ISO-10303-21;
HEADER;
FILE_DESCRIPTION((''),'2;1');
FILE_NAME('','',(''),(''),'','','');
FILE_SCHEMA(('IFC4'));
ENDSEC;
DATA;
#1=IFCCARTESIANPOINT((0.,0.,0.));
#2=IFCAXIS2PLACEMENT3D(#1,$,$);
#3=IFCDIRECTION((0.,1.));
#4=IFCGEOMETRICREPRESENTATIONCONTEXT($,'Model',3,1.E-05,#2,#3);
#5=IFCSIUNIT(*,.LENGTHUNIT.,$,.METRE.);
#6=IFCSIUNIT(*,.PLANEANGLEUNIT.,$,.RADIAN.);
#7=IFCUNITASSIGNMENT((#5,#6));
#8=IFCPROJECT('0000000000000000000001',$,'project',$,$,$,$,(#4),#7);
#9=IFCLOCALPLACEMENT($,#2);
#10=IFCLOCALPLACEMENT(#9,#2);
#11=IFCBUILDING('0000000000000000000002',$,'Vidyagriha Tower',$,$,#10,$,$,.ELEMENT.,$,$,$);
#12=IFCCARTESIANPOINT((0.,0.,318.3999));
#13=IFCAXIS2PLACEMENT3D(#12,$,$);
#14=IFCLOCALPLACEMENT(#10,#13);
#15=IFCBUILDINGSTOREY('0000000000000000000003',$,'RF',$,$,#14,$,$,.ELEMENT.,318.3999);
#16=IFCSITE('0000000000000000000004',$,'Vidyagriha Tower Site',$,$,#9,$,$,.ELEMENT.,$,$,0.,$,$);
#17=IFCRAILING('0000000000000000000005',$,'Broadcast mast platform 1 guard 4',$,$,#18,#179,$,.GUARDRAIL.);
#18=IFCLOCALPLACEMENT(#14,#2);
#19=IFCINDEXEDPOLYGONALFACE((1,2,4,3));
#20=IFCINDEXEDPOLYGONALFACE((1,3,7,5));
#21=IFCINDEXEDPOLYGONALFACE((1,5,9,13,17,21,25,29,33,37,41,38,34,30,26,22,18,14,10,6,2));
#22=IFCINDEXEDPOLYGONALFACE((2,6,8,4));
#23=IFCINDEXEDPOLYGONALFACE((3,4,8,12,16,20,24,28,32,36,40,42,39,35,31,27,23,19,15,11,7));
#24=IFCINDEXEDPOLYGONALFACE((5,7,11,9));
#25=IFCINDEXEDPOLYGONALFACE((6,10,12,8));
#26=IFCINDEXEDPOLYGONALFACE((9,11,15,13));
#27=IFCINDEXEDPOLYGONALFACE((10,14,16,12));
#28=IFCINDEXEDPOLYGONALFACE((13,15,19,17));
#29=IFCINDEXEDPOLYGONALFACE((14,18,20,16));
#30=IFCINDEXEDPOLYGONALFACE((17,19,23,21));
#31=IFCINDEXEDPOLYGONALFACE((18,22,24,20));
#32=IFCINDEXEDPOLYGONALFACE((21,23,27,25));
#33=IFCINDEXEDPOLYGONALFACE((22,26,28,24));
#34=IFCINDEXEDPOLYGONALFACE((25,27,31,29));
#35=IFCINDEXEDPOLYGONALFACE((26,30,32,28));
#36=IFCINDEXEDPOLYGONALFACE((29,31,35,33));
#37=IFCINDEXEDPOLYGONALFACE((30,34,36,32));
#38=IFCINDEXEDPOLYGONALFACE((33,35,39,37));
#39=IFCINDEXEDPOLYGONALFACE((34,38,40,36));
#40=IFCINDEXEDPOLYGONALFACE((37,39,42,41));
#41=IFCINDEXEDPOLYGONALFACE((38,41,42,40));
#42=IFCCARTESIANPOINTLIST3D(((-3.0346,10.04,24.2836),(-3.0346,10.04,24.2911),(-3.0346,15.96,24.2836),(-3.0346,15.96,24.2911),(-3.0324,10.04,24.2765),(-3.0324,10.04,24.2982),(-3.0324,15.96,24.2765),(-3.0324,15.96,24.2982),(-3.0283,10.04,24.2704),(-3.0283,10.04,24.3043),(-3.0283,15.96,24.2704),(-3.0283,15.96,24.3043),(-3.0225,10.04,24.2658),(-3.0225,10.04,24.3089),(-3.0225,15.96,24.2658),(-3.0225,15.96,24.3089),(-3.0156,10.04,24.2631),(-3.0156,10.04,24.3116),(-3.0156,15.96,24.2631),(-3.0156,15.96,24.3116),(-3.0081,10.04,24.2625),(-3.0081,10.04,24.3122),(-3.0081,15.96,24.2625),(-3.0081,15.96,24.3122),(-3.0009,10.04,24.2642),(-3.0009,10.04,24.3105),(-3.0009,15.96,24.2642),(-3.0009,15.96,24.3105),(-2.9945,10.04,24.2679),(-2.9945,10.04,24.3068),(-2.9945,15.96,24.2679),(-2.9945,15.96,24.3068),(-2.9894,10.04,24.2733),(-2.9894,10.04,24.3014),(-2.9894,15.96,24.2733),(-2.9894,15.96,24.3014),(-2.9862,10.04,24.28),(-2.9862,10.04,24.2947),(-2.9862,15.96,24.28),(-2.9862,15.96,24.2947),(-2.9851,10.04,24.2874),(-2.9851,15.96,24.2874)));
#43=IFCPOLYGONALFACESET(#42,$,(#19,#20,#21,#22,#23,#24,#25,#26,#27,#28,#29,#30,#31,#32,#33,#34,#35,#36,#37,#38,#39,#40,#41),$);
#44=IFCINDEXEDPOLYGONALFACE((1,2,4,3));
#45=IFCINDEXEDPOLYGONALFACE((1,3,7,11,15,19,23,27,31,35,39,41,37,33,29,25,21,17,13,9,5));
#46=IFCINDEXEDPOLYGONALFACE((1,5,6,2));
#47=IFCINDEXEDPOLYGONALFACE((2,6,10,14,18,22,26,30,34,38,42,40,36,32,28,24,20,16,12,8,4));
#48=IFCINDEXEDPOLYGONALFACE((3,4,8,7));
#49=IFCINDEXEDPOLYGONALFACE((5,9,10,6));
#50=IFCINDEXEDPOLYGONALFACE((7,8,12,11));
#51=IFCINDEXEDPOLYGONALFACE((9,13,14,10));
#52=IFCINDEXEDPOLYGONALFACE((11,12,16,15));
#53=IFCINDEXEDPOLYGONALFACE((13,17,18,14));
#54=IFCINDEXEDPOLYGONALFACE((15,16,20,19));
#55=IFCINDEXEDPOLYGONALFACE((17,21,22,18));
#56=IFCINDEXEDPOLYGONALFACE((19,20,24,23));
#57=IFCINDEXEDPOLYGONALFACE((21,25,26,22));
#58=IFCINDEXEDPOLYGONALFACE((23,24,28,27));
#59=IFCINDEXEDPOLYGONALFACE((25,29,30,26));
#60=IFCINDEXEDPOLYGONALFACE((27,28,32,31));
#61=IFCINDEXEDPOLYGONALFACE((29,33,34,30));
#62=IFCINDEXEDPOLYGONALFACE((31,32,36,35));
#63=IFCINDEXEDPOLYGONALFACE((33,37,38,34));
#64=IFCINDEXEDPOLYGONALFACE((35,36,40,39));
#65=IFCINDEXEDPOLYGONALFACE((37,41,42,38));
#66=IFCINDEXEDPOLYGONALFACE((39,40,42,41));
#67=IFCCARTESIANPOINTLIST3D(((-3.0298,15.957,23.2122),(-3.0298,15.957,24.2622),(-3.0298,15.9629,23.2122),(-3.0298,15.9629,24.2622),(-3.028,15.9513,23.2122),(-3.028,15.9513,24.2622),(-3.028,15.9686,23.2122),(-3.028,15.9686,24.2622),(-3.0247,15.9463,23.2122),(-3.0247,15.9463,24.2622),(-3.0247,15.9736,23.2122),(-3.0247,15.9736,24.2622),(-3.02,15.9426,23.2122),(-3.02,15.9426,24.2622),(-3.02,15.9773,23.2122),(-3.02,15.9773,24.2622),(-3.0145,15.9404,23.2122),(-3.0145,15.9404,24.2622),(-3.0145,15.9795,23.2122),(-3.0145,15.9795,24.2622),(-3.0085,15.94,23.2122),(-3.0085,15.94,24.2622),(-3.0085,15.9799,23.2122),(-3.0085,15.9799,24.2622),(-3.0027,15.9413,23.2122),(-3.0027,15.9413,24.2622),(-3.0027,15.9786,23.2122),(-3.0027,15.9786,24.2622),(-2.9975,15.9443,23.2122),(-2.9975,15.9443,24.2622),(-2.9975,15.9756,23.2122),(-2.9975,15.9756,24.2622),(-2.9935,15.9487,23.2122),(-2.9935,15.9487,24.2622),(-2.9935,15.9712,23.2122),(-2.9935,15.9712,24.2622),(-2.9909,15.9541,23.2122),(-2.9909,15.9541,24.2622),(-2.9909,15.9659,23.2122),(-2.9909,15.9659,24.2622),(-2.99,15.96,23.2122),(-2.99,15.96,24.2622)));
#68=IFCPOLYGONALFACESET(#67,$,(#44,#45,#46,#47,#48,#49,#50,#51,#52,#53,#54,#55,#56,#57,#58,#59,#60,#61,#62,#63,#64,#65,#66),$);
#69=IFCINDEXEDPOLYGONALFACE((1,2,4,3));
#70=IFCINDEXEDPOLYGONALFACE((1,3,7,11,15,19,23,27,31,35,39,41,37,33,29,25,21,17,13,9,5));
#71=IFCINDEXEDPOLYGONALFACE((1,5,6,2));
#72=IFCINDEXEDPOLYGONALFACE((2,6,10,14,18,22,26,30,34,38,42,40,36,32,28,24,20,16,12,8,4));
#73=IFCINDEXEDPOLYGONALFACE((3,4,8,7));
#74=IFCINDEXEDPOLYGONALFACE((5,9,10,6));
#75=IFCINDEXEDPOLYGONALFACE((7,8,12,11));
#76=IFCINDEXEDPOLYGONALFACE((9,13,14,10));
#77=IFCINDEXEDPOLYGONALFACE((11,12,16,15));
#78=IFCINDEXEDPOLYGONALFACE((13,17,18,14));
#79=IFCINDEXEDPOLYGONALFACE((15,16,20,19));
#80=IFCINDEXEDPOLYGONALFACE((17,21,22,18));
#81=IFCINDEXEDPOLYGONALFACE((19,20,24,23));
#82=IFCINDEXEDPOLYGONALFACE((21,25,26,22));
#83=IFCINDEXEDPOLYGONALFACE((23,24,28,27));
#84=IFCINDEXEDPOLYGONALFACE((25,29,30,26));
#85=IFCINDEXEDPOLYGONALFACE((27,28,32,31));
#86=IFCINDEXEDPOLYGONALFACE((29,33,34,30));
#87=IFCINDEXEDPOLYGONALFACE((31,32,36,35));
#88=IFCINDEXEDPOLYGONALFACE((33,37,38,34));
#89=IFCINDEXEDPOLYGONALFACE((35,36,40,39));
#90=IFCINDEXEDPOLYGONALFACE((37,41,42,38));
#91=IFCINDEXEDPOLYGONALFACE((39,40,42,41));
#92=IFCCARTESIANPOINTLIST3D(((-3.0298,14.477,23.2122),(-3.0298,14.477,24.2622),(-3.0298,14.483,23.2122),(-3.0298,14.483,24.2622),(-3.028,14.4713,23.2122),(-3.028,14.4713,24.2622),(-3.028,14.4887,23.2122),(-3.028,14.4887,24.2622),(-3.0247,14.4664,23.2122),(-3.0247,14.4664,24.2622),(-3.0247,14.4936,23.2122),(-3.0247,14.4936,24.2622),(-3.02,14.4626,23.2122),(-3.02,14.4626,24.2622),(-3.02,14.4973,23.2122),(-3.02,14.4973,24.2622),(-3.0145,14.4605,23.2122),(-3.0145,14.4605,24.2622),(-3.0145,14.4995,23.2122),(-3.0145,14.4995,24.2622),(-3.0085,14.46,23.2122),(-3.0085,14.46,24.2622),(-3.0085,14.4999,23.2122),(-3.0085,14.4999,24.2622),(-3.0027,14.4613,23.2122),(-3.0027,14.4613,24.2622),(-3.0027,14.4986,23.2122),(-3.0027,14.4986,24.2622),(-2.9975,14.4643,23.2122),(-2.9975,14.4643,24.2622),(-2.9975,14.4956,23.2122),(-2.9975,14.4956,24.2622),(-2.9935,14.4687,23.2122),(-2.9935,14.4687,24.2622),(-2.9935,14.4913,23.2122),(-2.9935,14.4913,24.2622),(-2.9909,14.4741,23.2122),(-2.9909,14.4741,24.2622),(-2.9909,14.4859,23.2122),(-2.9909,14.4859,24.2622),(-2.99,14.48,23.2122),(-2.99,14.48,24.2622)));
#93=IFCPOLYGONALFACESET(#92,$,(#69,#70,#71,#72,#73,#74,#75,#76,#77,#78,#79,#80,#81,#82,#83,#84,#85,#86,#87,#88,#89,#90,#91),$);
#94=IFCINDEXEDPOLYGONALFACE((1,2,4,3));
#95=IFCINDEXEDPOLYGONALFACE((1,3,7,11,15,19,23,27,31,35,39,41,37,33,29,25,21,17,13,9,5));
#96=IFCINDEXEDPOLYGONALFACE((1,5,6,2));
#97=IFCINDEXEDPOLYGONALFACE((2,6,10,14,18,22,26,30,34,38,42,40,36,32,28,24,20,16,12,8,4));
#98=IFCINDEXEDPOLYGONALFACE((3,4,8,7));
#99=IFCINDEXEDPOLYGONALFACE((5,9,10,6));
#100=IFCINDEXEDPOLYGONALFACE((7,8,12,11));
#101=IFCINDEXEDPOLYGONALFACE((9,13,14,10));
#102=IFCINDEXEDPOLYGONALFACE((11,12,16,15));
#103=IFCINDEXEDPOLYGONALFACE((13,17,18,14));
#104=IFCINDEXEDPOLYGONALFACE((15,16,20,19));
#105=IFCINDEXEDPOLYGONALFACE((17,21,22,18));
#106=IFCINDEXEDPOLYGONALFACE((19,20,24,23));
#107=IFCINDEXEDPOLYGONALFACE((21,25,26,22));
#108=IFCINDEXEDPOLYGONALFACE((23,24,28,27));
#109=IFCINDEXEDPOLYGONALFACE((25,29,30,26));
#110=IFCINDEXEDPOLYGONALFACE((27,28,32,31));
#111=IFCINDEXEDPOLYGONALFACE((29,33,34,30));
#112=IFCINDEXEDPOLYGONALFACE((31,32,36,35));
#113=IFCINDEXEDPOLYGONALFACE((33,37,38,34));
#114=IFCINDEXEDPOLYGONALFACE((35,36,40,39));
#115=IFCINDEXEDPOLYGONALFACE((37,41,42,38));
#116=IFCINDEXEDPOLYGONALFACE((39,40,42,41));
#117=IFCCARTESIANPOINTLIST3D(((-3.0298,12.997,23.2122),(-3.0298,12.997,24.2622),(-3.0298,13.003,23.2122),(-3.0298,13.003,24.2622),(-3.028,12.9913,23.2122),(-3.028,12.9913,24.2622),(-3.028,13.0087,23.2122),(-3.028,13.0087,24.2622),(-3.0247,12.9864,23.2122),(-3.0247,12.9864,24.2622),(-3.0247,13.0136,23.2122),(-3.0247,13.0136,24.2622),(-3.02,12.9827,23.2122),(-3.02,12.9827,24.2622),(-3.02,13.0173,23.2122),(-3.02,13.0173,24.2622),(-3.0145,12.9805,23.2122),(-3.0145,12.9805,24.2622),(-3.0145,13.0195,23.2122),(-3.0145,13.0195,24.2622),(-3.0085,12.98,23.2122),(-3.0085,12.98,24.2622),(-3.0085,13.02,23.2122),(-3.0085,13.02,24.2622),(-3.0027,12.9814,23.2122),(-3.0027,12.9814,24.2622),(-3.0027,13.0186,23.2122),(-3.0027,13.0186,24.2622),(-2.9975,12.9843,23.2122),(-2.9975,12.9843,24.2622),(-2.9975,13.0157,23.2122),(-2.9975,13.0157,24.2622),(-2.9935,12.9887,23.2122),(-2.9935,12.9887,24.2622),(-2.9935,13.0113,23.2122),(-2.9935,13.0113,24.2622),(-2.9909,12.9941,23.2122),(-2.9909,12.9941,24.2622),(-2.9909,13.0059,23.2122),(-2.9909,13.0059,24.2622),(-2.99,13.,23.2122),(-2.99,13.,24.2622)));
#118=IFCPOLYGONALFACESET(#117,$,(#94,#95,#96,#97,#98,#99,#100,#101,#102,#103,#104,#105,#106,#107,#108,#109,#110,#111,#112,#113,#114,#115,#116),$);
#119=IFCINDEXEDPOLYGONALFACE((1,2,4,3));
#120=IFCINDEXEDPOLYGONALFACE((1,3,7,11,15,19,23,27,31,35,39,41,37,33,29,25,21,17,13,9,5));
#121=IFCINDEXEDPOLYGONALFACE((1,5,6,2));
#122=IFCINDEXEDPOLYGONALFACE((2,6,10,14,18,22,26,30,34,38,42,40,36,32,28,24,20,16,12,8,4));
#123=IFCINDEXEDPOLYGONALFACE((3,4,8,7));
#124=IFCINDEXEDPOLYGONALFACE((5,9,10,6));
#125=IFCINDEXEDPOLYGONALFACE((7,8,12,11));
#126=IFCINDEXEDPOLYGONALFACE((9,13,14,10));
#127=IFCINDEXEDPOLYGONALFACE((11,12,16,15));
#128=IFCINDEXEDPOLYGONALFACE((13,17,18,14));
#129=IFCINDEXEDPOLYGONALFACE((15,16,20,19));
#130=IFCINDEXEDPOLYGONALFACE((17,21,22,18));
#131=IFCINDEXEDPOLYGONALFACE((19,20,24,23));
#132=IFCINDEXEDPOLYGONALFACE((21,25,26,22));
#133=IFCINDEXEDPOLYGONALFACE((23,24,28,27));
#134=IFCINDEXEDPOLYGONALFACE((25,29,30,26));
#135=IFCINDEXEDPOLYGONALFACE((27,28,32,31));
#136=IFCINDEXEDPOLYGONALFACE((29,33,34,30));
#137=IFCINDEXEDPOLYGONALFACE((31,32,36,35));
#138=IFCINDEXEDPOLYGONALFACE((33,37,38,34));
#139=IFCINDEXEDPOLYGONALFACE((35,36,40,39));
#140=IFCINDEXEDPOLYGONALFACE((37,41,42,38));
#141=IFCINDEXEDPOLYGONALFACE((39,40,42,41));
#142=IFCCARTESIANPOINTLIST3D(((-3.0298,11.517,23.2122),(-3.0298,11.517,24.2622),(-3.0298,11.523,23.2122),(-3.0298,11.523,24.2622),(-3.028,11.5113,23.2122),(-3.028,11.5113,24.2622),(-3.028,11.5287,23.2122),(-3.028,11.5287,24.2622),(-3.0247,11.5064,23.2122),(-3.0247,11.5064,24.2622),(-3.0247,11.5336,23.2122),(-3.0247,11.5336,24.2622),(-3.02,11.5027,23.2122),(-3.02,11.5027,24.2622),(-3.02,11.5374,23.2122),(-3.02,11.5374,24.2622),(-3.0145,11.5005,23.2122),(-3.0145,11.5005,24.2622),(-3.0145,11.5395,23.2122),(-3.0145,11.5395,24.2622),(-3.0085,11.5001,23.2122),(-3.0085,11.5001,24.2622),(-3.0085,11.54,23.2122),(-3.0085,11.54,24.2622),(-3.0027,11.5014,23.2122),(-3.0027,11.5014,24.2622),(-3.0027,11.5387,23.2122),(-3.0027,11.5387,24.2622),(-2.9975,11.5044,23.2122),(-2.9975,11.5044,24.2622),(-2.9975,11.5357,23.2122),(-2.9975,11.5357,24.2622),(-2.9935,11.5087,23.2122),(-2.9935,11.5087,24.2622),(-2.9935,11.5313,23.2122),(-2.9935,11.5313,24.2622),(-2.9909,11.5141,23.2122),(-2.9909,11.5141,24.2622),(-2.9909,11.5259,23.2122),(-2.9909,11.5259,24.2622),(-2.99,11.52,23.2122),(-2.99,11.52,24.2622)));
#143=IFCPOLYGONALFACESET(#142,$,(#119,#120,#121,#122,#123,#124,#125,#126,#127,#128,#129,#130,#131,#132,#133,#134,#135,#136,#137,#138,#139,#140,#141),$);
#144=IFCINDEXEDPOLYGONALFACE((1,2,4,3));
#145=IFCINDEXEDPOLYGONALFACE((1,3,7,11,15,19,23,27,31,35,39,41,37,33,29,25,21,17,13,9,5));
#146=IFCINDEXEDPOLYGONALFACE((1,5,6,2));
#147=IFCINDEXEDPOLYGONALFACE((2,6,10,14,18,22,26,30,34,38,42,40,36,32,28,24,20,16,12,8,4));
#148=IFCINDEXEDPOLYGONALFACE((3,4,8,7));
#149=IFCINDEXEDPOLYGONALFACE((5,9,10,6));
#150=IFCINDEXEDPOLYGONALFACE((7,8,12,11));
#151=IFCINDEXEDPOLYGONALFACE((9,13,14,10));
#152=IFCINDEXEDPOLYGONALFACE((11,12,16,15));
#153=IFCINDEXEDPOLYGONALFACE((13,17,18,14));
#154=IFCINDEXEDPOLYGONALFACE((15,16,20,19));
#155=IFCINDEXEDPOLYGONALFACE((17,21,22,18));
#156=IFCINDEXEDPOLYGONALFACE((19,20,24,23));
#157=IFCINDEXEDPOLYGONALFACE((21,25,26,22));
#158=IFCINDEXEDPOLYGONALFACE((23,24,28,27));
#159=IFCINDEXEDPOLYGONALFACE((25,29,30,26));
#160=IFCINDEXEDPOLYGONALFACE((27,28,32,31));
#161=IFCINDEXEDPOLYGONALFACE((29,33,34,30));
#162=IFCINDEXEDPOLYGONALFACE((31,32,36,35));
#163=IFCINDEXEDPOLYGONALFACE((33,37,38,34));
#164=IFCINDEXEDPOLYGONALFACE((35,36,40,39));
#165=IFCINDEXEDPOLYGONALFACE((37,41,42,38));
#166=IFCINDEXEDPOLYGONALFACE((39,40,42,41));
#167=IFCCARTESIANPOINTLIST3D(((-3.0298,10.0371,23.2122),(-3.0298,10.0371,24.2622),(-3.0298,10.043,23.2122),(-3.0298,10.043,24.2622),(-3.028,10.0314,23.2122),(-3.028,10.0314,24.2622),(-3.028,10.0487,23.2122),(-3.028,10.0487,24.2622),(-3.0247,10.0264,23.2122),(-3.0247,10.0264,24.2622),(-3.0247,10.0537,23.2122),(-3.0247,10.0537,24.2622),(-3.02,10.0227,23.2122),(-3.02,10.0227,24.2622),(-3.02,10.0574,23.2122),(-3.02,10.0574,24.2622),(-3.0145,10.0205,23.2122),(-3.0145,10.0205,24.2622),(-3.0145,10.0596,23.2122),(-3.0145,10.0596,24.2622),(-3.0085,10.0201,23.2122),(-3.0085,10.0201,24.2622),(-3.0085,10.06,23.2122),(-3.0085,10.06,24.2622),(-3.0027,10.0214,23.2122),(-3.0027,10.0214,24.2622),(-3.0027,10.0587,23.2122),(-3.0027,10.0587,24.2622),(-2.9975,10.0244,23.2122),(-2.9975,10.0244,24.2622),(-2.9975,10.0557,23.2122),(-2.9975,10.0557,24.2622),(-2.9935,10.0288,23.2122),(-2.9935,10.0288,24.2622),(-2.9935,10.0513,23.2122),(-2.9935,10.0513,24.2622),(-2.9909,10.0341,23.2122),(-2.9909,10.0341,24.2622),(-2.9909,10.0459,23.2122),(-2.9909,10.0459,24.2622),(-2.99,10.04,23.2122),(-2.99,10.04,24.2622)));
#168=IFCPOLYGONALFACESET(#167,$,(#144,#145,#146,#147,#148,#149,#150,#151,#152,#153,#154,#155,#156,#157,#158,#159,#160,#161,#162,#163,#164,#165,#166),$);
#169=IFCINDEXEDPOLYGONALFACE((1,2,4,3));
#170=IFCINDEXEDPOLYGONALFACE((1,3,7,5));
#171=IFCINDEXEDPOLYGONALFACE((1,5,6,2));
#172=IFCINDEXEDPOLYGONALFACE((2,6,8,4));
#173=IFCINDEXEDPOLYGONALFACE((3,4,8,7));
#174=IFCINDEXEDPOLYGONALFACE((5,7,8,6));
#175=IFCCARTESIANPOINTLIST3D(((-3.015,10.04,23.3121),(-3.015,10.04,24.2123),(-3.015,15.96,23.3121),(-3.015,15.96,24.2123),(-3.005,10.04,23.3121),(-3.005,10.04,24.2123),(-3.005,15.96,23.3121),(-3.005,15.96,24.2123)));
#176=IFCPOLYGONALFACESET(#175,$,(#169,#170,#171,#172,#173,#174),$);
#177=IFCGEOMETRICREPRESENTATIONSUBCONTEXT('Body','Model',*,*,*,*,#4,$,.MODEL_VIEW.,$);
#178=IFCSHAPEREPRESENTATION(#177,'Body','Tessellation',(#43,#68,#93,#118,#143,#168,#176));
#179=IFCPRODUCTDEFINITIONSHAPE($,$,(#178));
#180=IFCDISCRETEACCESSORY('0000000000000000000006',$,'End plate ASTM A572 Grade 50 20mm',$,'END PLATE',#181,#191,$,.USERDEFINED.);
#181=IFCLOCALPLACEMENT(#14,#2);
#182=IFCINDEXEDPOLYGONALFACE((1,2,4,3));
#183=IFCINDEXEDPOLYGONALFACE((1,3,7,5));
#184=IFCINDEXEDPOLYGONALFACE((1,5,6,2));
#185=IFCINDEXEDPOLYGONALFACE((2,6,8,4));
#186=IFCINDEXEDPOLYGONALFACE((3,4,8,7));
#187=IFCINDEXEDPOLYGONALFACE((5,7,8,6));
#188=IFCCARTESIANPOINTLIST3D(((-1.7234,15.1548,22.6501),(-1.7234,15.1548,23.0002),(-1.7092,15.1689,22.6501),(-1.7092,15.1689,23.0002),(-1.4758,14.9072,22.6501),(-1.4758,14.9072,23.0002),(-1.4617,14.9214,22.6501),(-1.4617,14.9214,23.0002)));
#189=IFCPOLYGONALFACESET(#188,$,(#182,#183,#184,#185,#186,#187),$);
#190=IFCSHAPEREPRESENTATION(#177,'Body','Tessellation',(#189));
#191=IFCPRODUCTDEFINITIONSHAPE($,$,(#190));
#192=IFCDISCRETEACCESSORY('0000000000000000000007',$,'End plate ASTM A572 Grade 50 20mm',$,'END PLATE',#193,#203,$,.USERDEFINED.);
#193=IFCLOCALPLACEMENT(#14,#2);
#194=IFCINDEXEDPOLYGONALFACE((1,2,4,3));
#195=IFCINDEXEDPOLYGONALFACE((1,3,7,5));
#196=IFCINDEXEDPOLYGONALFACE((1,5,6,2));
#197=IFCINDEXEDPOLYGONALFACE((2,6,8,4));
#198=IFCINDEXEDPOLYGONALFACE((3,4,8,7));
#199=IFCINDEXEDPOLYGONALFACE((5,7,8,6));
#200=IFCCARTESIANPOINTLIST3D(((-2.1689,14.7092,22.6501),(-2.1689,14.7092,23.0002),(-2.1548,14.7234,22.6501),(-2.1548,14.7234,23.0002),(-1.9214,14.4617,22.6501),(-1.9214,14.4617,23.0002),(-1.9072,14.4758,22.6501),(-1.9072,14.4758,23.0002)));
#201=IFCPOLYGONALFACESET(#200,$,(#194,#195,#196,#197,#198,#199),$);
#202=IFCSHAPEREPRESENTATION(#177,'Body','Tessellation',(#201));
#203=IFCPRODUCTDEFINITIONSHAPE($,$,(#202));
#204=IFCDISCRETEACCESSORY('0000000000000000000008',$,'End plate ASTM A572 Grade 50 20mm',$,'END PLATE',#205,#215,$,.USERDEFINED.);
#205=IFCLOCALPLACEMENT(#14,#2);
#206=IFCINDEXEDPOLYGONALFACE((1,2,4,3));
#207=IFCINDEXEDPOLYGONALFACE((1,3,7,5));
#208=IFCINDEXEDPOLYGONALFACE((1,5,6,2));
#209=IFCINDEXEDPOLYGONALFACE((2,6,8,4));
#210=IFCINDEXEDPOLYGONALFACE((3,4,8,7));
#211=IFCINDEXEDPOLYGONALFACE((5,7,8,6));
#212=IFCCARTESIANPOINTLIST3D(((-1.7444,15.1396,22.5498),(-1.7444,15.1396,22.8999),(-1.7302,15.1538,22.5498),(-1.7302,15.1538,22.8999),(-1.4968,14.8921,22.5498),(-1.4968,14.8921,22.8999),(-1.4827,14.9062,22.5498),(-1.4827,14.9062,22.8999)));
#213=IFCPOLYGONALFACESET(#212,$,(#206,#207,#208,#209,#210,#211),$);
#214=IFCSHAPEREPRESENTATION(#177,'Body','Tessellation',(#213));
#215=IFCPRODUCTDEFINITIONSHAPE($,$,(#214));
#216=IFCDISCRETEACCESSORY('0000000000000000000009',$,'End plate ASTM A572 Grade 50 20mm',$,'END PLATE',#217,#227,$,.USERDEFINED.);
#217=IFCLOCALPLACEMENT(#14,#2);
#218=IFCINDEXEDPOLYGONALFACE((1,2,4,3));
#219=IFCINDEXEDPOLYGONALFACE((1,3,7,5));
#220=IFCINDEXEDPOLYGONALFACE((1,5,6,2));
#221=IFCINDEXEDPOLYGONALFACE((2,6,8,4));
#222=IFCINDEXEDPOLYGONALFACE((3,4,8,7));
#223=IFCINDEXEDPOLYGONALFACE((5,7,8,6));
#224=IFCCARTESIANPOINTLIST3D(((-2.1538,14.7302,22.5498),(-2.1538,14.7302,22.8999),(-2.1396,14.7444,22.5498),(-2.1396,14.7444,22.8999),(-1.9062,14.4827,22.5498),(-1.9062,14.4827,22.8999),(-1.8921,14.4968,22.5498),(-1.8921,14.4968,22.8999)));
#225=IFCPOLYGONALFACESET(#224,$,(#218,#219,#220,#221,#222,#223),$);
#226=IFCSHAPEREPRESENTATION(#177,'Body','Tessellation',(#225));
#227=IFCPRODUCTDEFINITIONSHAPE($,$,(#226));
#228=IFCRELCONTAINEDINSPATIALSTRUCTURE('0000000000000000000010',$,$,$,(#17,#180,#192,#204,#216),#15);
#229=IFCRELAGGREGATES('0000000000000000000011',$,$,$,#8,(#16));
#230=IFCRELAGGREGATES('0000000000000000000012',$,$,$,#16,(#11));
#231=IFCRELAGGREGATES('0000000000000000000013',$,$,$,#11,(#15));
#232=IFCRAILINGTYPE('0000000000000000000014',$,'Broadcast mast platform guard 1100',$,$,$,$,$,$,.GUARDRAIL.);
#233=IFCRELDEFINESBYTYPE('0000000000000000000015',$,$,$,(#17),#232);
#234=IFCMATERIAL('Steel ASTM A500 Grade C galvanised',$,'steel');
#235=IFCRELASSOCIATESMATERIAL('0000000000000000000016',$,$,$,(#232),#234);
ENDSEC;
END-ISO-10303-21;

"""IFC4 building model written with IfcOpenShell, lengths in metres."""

from ifc_helpers import new_model, si_unit, direction, frame, origin, origin_2d, place, context, subcontext, project, spatial, rectangle, circle, extrude, material, type_object, element, save


model = new_model("IFC4")

# Units and contexts
model_context = context("Model", 3, precision=1e-05, world=origin(), true_north=direction((0.0, 1.0)))
body_context = subcontext(model_context, "Body", "Model", "MODEL_VIEW")
ifc_project = project(units=[si_unit("LENGTHUNIT", "METRE"), si_unit("PLANEANGLEUNIT", "RADIAN")], contexts=[model_context])

# Site, building, storey
site_placement = place(None, origin())
site = spatial("IfcSite", under=ifc_project, at=site_placement, Name="Vidyagriha Tower Site", CompositionType="ELEMENT", RefElevation=0.0)
building_placement = place(site_placement, origin())
building = spatial("IfcBuilding", under=site, at=building_placement, Name="Vidyagriha Tower", CompositionType="ELEMENT")
storey_placement = place(building_placement, frame((0.0, 0.0, 318.3999)))
storey = spatial("IfcBuildingStorey", under=building, at=storey_placement, Name="RF", CompositionType="ELEMENT", Elevation=318.3999)

# Railing
ifc_material_1 = material(Name="Steel ASTM A500 Grade C galvanised", Category="steel")
railing_type = type_object("IfcRailingType", Name="Broadcast mast platform guard 1100", PredefinedType="GUARDRAIL", material=ifc_material_1)
railing_placement = place(storey_placement, frame((-3.01, 15.96, 23.2122)))
element("IfcRailing", 1, at=railing_placement, inside=storey, type_object=railing_type, Name="Broadcast mast platform 1 guard 4", PredefinedType="GUARDRAIL", context=body_context, shape_type="SweptSolid", body=[
    extrude(circle(Radius=0.0249, at=origin_2d()), frame((0.0, 0.0, 1.0752), z_axis=(0.0, -1.0, 0.0), x_axis=(1.0, 0.0, 0.0)), (0.0, 0.0, 1.0), 5.9199),
    extrude(circle(Radius=0.02, at=origin_2d()), origin(), (0.0, 0.0, 1.0), 1.05),
    extrude(circle(Radius=0.02, at=origin_2d()), frame((0.0, -1.48, 0.0)), (0.0, 0.0, 1.0), 1.05),
    extrude(circle(Radius=0.02, at=origin_2d()), frame((0.0, -2.96, 0.0)), (0.0, 0.0, 1.0), 1.05),
    extrude(circle(Radius=0.02, at=origin_2d()), frame((0.0, -4.4399, 0.0)), (0.0, 0.0, 1.0), 1.05),
    extrude(circle(Radius=0.02, at=origin_2d()), frame((0.0, -5.9199, 0.0)), (0.0, 0.0, 1.0), 1.05),
    extrude(rectangle(XDim=0.01, YDim=0.9001, at=origin_2d()), frame((0.0, 0.0, 0.55), z_axis=(0.0, -1.0, 0.0), x_axis=(1.0, 0.0, 0.0)), (0.0, 0.0, 1.0), 5.9199),
])

# Discrete accessories
for number, where, z_axis, x_axis, name in (
    (2, (-1.5925, 15.0381, 22.6501), (0.0, 0.0, 1.0), (0.707107, -0.707107, 0.0), "End plate ASTM A572 Grade 50 20mm"),
    (3, (-2.0381, 14.5925, 22.6501), (0.0, 0.0, 1.0), (0.707107, -0.707107, 0.0), "End plate ASTM A572 Grade 50 20mm"),
    (4, (-1.6135, 15.0229, 22.5498), (0.0, 0.0, 1.0), (0.707107, -0.707107, 0.0), "End plate ASTM A572 Grade 50 20mm"),
    (5, (-2.0229, 14.6135, 22.5498), (0.0, 0.0, 1.0), (0.707107, -0.707107, 0.0), "End plate ASTM A572 Grade 50 20mm"),
):
    element("IfcDiscreteAccessory", number, at=place(storey_placement, frame(where, z_axis=z_axis, x_axis=x_axis)), inside=storey, Name=name, ObjectType="END PLATE", PredefinedType="USERDEFINED", context=body_context, shape_type="SweptSolid", body=[
        extrude(rectangle(XDim=0.3501, YDim=0.02, at=origin_2d()), origin(), (0.0, 0.0, 1.0), 0.3501),
    ])

save(model, "model.ifc")
